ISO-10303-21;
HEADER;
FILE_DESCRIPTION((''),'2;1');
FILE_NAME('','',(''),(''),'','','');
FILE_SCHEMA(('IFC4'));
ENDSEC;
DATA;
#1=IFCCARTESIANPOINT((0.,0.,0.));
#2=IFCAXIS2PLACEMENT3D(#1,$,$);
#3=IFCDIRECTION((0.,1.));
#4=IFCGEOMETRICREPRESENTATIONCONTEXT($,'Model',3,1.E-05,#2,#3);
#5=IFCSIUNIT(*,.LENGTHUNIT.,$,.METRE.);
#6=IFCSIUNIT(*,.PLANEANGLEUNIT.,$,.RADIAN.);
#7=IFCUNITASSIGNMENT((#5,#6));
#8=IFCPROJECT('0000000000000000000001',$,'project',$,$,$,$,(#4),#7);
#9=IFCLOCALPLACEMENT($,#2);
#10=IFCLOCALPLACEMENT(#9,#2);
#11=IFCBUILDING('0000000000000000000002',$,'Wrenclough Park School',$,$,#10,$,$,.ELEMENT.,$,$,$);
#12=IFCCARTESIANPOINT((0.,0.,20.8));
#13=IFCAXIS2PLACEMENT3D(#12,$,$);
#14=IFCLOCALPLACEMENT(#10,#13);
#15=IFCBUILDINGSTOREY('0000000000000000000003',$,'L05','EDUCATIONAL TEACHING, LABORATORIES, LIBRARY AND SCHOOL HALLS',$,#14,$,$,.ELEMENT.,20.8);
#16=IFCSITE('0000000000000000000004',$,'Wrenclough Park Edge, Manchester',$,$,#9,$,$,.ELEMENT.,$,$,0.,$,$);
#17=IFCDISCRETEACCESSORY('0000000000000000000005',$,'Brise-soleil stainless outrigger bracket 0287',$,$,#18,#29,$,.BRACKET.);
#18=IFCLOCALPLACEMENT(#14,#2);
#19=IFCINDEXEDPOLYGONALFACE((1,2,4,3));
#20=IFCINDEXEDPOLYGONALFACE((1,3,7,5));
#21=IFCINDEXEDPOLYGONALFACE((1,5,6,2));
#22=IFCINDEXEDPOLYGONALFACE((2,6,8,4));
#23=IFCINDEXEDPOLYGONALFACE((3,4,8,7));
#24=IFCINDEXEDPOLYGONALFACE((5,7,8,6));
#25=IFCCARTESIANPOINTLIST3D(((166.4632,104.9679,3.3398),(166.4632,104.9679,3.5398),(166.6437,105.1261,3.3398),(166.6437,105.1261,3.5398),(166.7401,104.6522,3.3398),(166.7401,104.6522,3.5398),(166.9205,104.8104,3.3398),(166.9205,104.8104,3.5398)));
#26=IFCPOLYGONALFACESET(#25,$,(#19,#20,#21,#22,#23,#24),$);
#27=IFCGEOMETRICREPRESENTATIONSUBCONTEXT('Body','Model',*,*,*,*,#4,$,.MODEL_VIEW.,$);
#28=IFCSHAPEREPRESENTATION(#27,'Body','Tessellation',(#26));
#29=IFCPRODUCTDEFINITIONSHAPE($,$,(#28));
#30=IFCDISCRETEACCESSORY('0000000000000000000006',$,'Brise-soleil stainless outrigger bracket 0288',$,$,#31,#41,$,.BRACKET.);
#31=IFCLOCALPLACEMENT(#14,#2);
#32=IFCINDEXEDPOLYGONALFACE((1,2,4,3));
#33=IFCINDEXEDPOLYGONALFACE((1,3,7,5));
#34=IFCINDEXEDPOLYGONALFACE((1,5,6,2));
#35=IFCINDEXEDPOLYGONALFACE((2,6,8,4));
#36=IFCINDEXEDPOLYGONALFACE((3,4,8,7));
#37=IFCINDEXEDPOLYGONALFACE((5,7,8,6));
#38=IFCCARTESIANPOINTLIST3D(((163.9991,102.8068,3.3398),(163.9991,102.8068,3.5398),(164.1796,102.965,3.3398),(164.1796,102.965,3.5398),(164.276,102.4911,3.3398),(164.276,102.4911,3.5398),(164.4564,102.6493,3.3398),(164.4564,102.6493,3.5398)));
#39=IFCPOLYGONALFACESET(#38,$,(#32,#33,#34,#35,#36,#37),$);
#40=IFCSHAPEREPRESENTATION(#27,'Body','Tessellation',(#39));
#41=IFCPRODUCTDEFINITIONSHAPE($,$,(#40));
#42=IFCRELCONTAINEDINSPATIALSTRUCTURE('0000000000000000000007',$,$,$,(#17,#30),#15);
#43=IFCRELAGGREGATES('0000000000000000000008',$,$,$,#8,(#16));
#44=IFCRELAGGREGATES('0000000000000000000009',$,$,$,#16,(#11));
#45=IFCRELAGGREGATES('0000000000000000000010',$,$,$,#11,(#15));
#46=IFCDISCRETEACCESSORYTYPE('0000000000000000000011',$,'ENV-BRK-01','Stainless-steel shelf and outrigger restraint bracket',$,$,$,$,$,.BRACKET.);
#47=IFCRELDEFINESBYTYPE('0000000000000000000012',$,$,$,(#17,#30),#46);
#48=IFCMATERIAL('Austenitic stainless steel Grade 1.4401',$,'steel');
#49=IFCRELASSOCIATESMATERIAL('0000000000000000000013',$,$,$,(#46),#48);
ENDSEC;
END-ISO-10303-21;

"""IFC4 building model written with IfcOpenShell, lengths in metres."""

from ifc_helpers import new_model, si_unit, direction, frame, origin, origin_2d, place, context, subcontext, project, spatial, rectangle, extrude, material, type_object, element, save


model = new_model("IFC4")

# Units and contexts
model_context = context("Model", 3, precision=1e-05, world=origin(), true_north=direction((0.0, 1.0)))
body_context = subcontext(model_context, "Body", "Model", "MODEL_VIEW")
ifc_project = project(units=[si_unit("LENGTHUNIT", "METRE"), si_unit("PLANEANGLEUNIT", "RADIAN")], contexts=[model_context])

# Site, building, storey
site_placement = place(None, origin())
site = spatial("IfcSite", under=ifc_project, at=site_placement, Name="Wrenclough Park Edge, Manchester", CompositionType="ELEMENT", RefElevation=0.0)
building_placement = place(site_placement, origin())
building = spatial("IfcBuilding", under=site, at=building_placement, Name="Wrenclough Park School", CompositionType="ELEMENT")
storey_placement = place(building_placement, frame((0.0, 0.0, 20.8)))
storey = spatial("IfcBuildingStorey", under=building, at=storey_placement, Name="L05", Description="EDUCATIONAL TEACHING, LABORATORIES, LIBRARY AND SCHOOL HALLS", CompositionType="ELEMENT", Elevation=20.8)

# Discrete accessories
ifc_material_1 = material(Name="Austenitic stainless steel Grade 1.4401", Category="steel")
discrete_accessory_type = type_object("IfcDiscreteAccessoryType", Name="ENV-BRK-01", Description="Stainless-steel shelf and outrigger restraint bracket", PredefinedType="BRACKET", material=ifc_material_1)
for number, where, z_axis, x_axis, name in (
    (1, (166.6919, 104.8892, 3.3398), (0.0, 0.0, 1.0), (-0.751836, -0.659351, 0.0), "Brise-soleil stainless outrigger bracket 0287"),
    (2, (164.2278, 102.728, 3.3398), (0.0, 0.0, 1.0), (-0.751836, -0.659351, 0.0), "Brise-soleil stainless outrigger bracket 0288"),
):
    element("IfcDiscreteAccessory", number, at=place(storey_placement, frame(where, z_axis=z_axis, x_axis=x_axis)), inside=storey, type_object=discrete_accessory_type, Name=name, PredefinedType="BRACKET", context=body_context, shape_type="SweptSolid", body=[
        extrude(rectangle(XDim=0.24, YDim=0.4199, at=origin_2d()), origin(), (0.0, 0.0, 1.0), 0.2),
    ])

save(model, "model.ifc")
